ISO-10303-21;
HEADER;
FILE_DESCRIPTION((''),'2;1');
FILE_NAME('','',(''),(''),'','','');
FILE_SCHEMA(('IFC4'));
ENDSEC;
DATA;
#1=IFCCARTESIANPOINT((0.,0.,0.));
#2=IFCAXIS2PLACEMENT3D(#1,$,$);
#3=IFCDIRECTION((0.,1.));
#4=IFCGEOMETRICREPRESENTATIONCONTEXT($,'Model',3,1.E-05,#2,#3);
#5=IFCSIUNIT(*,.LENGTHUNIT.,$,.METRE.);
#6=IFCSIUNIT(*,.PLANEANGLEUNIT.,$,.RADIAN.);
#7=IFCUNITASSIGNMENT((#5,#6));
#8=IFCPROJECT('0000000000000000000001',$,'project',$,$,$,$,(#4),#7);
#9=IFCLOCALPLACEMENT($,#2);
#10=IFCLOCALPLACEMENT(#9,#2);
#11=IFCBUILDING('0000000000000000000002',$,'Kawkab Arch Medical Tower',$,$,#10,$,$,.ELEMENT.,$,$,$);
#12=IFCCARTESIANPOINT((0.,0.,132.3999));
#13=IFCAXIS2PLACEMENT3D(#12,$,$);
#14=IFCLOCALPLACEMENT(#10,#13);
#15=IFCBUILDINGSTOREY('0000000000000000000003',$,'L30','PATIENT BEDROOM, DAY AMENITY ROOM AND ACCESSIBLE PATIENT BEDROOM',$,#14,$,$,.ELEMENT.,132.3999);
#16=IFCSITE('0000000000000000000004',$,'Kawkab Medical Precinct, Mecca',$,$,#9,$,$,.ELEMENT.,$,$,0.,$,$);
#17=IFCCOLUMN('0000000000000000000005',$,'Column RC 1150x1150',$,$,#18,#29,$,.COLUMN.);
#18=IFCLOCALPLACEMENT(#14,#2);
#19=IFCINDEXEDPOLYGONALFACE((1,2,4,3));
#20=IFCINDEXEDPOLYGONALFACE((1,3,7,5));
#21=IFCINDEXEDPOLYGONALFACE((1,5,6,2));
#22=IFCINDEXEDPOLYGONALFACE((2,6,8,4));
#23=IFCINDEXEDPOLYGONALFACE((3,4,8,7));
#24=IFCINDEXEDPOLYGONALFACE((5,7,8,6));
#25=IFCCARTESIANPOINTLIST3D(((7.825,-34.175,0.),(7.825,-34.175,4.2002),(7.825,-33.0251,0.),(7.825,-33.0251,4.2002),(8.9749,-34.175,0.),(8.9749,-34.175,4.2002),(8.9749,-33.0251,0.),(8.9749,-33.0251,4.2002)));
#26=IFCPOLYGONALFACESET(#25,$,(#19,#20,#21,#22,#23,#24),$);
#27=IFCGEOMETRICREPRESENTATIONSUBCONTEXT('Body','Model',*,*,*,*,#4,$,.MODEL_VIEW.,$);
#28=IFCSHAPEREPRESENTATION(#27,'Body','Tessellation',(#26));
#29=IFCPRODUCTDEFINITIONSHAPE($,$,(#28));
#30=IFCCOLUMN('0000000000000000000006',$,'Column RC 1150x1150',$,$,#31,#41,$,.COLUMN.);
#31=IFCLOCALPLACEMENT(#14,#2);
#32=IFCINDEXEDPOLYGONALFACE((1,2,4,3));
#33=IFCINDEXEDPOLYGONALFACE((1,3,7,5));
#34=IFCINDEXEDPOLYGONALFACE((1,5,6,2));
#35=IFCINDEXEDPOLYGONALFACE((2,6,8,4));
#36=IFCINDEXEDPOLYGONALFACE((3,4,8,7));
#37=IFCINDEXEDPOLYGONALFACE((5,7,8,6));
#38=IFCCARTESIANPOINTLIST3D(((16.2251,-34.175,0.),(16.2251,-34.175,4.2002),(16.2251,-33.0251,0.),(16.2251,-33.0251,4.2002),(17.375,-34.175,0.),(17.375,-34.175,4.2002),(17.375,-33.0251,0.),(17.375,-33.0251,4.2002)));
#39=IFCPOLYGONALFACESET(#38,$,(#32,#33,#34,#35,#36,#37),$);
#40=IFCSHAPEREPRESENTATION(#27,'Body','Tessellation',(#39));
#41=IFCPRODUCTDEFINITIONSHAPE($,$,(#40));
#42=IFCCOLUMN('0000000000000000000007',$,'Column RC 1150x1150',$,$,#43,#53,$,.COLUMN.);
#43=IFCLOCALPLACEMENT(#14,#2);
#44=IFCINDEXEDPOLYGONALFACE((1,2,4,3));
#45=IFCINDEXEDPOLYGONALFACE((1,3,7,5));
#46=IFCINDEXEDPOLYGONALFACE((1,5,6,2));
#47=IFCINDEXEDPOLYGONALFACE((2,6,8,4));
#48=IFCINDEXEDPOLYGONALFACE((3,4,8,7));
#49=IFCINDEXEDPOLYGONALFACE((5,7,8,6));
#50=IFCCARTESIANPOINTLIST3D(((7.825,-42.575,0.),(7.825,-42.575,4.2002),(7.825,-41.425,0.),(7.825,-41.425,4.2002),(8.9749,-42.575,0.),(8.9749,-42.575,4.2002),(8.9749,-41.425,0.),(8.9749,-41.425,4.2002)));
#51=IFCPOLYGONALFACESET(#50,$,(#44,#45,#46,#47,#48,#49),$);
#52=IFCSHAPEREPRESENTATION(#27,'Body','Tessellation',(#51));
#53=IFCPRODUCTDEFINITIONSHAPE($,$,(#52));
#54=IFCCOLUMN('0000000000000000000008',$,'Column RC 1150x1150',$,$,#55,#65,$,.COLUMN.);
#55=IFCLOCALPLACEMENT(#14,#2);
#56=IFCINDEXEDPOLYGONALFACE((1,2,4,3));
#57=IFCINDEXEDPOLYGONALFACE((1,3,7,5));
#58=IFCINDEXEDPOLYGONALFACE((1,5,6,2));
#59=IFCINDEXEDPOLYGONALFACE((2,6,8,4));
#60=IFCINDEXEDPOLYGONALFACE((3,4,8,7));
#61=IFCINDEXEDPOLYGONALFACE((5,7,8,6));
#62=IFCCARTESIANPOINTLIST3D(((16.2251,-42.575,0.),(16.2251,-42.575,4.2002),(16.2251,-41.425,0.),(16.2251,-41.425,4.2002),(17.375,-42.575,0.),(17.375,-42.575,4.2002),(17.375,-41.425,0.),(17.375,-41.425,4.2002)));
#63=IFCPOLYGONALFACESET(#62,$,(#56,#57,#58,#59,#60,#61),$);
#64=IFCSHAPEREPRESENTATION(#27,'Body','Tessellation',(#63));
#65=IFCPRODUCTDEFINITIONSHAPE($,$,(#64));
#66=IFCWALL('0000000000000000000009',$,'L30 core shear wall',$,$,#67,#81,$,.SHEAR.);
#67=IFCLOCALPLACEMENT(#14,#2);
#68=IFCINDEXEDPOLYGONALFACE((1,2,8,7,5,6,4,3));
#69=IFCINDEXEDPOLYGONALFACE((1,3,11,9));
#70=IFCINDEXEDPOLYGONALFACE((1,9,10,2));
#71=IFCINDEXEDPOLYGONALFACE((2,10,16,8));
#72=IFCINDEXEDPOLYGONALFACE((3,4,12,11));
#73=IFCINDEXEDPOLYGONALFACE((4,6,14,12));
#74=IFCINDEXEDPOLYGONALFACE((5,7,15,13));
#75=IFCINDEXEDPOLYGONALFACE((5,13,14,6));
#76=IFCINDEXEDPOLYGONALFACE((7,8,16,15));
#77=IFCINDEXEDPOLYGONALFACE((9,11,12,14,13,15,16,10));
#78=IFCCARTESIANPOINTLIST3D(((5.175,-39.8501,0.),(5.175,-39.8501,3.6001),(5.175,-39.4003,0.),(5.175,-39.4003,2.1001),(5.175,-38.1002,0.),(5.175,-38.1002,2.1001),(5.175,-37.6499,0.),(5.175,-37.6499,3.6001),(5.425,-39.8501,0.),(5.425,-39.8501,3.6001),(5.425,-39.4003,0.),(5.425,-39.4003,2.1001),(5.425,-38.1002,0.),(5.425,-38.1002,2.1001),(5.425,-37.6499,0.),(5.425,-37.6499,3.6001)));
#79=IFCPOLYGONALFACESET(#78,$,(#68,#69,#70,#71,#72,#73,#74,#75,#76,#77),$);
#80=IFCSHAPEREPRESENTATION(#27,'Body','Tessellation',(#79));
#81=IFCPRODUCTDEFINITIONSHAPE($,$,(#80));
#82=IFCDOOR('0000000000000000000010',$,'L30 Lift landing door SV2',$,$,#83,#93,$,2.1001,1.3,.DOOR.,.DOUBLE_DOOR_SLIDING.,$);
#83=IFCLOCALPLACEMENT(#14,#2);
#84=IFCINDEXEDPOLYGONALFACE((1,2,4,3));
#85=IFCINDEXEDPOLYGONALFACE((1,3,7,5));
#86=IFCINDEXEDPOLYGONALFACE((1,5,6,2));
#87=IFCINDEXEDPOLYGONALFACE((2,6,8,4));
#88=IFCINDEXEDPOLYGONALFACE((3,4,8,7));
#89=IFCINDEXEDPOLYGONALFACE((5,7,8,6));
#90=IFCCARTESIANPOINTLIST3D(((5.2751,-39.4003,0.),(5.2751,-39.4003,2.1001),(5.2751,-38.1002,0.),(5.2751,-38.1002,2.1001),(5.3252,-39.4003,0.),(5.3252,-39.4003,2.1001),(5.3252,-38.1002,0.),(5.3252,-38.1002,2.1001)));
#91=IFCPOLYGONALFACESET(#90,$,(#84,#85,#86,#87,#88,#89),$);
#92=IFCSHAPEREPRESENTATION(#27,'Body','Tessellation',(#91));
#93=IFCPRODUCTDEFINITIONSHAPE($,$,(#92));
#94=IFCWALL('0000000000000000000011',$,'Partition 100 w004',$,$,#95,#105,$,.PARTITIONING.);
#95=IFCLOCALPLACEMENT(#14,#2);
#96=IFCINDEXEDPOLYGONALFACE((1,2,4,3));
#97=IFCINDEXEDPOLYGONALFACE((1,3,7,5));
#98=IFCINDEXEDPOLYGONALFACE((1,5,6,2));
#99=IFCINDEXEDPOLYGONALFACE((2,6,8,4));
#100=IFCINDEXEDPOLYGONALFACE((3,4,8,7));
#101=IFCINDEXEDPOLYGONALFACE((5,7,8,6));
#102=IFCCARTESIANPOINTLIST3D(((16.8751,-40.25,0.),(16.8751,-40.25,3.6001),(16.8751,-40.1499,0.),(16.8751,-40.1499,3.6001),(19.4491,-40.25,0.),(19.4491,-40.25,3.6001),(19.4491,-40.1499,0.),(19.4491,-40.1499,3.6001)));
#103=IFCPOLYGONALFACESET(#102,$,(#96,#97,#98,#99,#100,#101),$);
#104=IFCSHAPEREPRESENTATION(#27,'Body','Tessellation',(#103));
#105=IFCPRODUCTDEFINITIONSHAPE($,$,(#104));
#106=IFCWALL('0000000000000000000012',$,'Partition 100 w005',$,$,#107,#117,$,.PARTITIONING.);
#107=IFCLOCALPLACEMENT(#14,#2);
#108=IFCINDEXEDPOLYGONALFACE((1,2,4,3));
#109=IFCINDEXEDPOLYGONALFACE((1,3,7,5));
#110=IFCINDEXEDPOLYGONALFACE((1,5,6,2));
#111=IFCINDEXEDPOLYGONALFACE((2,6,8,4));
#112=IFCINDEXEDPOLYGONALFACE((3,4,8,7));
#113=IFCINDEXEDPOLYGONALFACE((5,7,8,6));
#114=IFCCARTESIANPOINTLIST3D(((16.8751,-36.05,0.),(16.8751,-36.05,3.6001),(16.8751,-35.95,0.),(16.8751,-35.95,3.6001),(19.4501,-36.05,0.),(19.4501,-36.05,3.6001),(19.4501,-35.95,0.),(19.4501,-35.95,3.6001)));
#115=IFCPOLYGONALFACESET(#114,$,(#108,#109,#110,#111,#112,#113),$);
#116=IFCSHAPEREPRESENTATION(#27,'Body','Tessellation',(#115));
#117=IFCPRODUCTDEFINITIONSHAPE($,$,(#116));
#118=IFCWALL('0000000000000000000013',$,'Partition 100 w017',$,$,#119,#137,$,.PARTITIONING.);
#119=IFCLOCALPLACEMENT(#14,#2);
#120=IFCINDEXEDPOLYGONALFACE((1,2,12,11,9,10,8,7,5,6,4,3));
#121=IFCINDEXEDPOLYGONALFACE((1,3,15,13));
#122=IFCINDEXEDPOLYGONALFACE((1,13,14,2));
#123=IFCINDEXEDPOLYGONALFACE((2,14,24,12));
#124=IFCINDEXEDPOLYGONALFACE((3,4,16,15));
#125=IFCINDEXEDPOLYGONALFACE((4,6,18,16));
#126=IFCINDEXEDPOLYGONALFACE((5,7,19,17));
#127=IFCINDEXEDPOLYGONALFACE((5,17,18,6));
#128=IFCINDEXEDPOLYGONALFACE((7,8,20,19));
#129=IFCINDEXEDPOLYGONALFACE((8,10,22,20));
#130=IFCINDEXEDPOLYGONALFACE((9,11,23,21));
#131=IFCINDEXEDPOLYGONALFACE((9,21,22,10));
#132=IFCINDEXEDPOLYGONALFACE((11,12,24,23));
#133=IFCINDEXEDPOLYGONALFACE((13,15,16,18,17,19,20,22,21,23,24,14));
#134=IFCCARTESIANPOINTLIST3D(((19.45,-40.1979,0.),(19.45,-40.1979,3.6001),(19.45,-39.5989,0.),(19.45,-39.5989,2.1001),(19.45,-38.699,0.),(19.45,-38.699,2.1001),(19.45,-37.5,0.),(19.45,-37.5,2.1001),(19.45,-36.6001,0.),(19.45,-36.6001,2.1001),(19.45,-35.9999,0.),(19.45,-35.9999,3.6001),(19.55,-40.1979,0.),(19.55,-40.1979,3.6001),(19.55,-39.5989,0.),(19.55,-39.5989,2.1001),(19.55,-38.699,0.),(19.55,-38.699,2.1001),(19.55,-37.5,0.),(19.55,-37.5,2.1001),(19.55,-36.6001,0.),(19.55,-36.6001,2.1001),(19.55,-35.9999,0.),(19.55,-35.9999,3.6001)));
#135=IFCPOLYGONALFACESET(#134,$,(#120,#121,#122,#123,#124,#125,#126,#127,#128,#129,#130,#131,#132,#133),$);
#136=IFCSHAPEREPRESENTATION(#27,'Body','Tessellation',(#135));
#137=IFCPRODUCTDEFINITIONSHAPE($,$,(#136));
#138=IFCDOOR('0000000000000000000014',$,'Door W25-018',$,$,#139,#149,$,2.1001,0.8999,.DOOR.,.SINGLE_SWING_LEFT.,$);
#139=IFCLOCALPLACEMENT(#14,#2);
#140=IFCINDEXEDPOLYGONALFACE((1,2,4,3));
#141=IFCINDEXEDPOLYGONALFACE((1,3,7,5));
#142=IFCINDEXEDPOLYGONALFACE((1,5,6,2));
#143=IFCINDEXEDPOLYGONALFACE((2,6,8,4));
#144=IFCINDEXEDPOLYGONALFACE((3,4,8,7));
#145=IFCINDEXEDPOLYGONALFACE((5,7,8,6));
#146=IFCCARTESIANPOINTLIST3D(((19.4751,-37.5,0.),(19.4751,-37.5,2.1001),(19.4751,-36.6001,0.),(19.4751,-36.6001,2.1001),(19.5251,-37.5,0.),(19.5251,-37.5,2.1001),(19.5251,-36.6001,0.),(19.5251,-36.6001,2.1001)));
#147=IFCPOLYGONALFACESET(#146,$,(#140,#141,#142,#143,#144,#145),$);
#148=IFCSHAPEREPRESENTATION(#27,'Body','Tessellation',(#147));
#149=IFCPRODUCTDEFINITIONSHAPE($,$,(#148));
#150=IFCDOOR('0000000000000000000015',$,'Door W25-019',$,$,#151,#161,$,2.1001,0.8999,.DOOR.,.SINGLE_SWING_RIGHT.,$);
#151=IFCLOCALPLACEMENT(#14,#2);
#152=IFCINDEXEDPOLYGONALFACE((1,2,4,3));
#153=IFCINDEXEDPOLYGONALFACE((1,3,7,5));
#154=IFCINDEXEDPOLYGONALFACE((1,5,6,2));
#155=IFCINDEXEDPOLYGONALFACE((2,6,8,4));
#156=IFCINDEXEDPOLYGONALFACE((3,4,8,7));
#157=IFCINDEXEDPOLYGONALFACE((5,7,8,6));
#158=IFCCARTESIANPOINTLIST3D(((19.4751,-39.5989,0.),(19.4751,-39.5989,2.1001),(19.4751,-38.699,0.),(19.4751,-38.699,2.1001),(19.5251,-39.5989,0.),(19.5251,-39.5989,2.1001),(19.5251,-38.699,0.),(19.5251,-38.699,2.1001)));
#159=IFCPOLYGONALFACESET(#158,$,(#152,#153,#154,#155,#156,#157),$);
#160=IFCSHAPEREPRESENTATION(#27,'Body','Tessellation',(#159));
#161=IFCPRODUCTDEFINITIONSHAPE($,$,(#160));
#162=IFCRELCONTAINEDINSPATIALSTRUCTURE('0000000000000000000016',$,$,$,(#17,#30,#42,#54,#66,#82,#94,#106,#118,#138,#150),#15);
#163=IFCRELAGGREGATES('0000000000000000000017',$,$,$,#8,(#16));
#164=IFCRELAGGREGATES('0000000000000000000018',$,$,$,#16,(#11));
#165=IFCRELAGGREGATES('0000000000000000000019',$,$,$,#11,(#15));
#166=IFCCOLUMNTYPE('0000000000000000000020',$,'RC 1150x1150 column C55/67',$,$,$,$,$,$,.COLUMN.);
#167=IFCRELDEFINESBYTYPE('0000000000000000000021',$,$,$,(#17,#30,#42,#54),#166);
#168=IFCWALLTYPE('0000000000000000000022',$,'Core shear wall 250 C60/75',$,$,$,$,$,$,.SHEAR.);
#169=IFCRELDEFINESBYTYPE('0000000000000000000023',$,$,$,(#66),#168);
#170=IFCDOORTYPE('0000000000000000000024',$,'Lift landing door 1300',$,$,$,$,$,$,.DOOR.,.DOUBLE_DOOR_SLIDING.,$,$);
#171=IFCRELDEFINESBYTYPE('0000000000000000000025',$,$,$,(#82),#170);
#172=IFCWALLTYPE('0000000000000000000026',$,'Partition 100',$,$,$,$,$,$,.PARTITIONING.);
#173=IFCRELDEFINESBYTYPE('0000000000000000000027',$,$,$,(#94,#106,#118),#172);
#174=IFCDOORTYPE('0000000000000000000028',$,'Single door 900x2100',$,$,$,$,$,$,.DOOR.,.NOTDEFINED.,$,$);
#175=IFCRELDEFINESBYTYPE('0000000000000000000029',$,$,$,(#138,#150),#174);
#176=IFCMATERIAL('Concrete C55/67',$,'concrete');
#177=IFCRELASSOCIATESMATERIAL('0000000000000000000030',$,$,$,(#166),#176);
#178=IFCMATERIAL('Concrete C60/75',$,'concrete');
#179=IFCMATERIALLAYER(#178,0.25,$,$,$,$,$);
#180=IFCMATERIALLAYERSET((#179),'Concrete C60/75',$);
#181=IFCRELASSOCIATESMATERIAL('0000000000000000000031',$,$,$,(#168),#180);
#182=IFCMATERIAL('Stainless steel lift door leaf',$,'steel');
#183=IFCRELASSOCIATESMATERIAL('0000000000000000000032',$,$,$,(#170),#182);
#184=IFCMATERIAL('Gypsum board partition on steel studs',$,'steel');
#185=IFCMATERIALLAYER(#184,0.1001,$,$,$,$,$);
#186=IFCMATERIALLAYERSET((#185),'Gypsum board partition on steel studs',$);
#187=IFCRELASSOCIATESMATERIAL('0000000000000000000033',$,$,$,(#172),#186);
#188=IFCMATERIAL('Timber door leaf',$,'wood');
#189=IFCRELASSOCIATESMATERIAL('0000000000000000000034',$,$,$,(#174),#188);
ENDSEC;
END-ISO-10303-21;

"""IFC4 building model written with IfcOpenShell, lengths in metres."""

from ifc_helpers import new_model, si_unit, direction, frame, frame_2d, origin, origin_2d, place, context, subcontext, project, spatial, rectangle, extrude, material, layer, layer_set, material_profile, profile_set, type_object, element, fill, save


model = new_model("IFC4")

# Units and contexts
model_context = context("Model", 3, precision=1e-05, world=origin(), true_north=direction((0.0, 1.0)))
body_context = subcontext(model_context, "Body", "Model", "MODEL_VIEW")
ifc_project = project(units=[si_unit("LENGTHUNIT", "METRE"), si_unit("PLANEANGLEUNIT", "RADIAN")], contexts=[model_context])

# Site, building, storey
site_placement = place(None, origin())
site = spatial("IfcSite", under=ifc_project, at=site_placement, Name="Kawkab Medical Precinct, Mecca", CompositionType="ELEMENT", RefElevation=0.0)
building_placement = place(site_placement, origin())
building = spatial("IfcBuilding", under=site, at=building_placement, Name="Kawkab Arch Medical Tower", CompositionType="ELEMENT")
storey_placement = place(building_placement, frame((0.0, 0.0, 132.3999)))
storey = spatial("IfcBuildingStorey", under=building, at=storey_placement, Name="L30", Description="PATIENT BEDROOM, DAY AMENITY ROOM AND ACCESSIBLE PATIENT BEDROOM", CompositionType="ELEMENT", Elevation=132.3999)

# Columns
ifc_material_1 = material(Name="Concrete C55/67", Category="concrete")
ifc_material_profile = material_profile(ifc_material_1, rectangle(XDim=1.1499, YDim=1.1499, at=origin_2d()), Name="RC 1150x1150")
ifc_profile_set = profile_set([ifc_material_profile], Name="Concrete C55/67")
column_type = type_object("IfcColumnType", Name="RC 1150x1150 column C55/67", PredefinedType="COLUMN", material=ifc_profile_set)
for number, where, z_axis, x_axis, name in (
    (1, (8.3999, -33.6001, 0.0), (0.0, 0.0, 1.0), (1.0, 0.0, 0.0), "Column RC 1150x1150"),
    (2, (16.8, -33.6001, 0.0), (0.0, 0.0, 1.0), (1.0, 0.0, 0.0), "Column RC 1150x1150"),
    (3, (8.3999, -42.0, 0.0), (0.0, 0.0, 1.0), (1.0, 0.0, 0.0), "Column RC 1150x1150"),
    (4, (16.8, -42.0, 0.0), (0.0, 0.0, 1.0), (1.0, 0.0, 0.0), "Column RC 1150x1150"),
):
    element("IfcColumn", number, at=place(storey_placement, frame(where, z_axis=z_axis, x_axis=x_axis)), inside=storey, type_object=column_type, Name=name, PredefinedType="COLUMN", context=body_context, shape_type="SweptSolid", body=[
        extrude(rectangle(XDim=1.1499, YDim=1.1499, at=origin_2d()), origin(), (0.0, 0.0, 1.0), 4.2002),
    ])

# Wall, opening, door
ifc_material_2 = material(Name="Concrete C60/75", Category="concrete")
ifc_layer_1 = layer(ifc_material_2, 0.25)
ifc_layer_set_1 = layer_set([ifc_layer_1], Name="Concrete C60/75")
wall_type_1 = type_object("IfcWallType", Name="Core shear wall 250 C60/75", PredefinedType="SHEAR", material=ifc_layer_set_1)
wall_1_placement = place(storey_placement, frame((5.3, -39.8501, 0.0), z_axis=(0.0, 0.0, 1.0), x_axis=(0.0, 1.0, 0.0)))
wall_1 = element("IfcWall", 5, at=wall_1_placement, inside=storey, type_object=wall_type_1, Name="L30 core shear wall", PredefinedType="SHEAR", context=body_context, shape_type="SweptSolid", body=[
    extrude(rectangle(XDim=2.2002, YDim=0.25, at=frame_2d((1.1001, 0.0))), origin(), (0.0, 0.0, 1.0), 3.6001),
])
opening_1_placement = place(wall_1_placement, frame((0.45, 0.0, 0.0)))
opening_1 = element("IfcOpeningElement", 6, at=opening_1_placement, cuts=wall_1, PredefinedType="OPENING", context=body_context, shape_type="SweptSolid", body=[
    extrude(rectangle(XDim=1.3, YDim=2.1001, at=frame_2d((0.6499, 1.05))), frame((0.0, 0.135, 0.0), z_axis=(0.0, -1.0, 0.0), x_axis=(1.0, 0.0, 0.0)), (0.0, 0.0, 1.0), 0.27),
])
ifc_material_3 = material(Name="Stainless steel lift door leaf", Category="steel")
door_type_1 = type_object("IfcDoorType", Name="Lift landing door 1300", OperationType="DOUBLE_DOOR_SLIDING", PredefinedType="DOOR", material=ifc_material_3)
door_1_placement = place(opening_1_placement, origin())
door_1 = element("IfcDoor", 7, at=door_1_placement, inside=storey, type_object=door_type_1, Name="L30 Lift landing door SV2", OperationType="DOUBLE_DOOR_SLIDING", OverallHeight=2.1001, OverallWidth=1.3, PredefinedType="DOOR", context=body_context, shape_type="SweptSolid", body=[
    extrude(rectangle(XDim=1.3, YDim=2.1001, at=frame_2d((0.6499, 1.05))), frame((0.0, 0.0249, 0.0), z_axis=(0.0, -1.0, 0.0), x_axis=(1.0, 0.0, 0.0)), (0.0, 0.0, 1.0), 0.05),
])
fill(opening_1, door_1)

# Walls
ifc_material_4 = material(Name="Gypsum board partition on steel studs", Category="steel")
ifc_layer_2 = layer(ifc_material_4, 0.1001)
ifc_layer_set_2 = layer_set([ifc_layer_2], Name="Gypsum board partition on steel studs")
wall_type_2 = type_object("IfcWallType", Name="Partition 100", PredefinedType="PARTITIONING", material=ifc_layer_set_2)
wall_2_placement = place(storey_placement, frame((16.875, -40.2, 0.0), z_axis=(0.0, 0.0, 1.0), x_axis=(1.0, 0.0, 0.0)))
element("IfcWall", 8, at=wall_2_placement, inside=storey, type_object=wall_type_2, Name="Partition 100 w004", PredefinedType="PARTITIONING", context=body_context, shape_type="SweptSolid", body=[
    extrude(rectangle(XDim=2.574, YDim=0.1001, at=frame_2d((1.2871, 0.0))), origin(), (0.0, 0.0, 1.0), 3.6001),
])
wall_3_placement = place(storey_placement, frame((16.875, -36.0, 0.0), z_axis=(0.0, 0.0, 1.0), x_axis=(1.0, 0.0, 0.0)))
element("IfcWall", 9, at=wall_3_placement, inside=storey, type_object=wall_type_2, Name="Partition 100 w005", PredefinedType="PARTITIONING", context=body_context, shape_type="SweptSolid", body=[
    extrude(rectangle(XDim=2.575, YDim=0.1001, at=frame_2d((1.2876, 0.0))), origin(), (0.0, 0.0, 1.0), 3.6001),
])

# Wall, openings, doors
wall_4_placement = place(storey_placement, frame((19.5, -40.198, 0.0), z_axis=(0.0, 0.0, 1.0), x_axis=(0.0, 1.0, 0.0)))
wall_4 = element("IfcWall", 10, at=wall_4_placement, inside=storey, type_object=wall_type_2, Name="Partition 100 w017", PredefinedType="PARTITIONING", context=body_context, shape_type="SweptSolid", body=[
    extrude(rectangle(XDim=4.198, YDim=0.1001, at=frame_2d((2.0991, 0.0))), origin(), (0.0, 0.0, 1.0), 3.6001),
])
opening_2_placement = place(wall_4_placement, frame((2.698, 0.0, 0.0)))
opening_2 = element("IfcOpeningElement", 11, at=opening_2_placement, cuts=wall_4, PredefinedType="OPENING", context=body_context, shape_type="SweptSolid", body=[
    extrude(rectangle(XDim=0.8999, YDim=2.1001, at=frame_2d((0.45, 1.05))), frame((0.0, 0.0601, 0.0), z_axis=(0.0, -1.0, 0.0), x_axis=(1.0, 0.0, 0.0)), (0.0, 0.0, 1.0), 0.1201),
])
opening_3_placement = place(wall_4_placement, frame((0.5991, 0.0, 0.0)))
opening_3 = element("IfcOpeningElement", 12, at=opening_3_placement, cuts=wall_4, PredefinedType="OPENING", context=body_context, shape_type="SweptSolid", body=[
    extrude(rectangle(XDim=0.8999, YDim=2.1001, at=frame_2d((0.45, 1.05))), frame((0.0, 0.0601, 0.0), z_axis=(0.0, -1.0, 0.0), x_axis=(1.0, 0.0, 0.0)), (0.0, 0.0, 1.0), 0.1201),
])
ifc_material_5 = material(Name="Timber door leaf", Category="wood")
door_type_2 = type_object("IfcDoorType", Name="Single door 900x2100", OperationType="NOTDEFINED", PredefinedType="DOOR", material=ifc_material_5)
door_2_placement = place(opening_2_placement, origin())
door_2 = element("IfcDoor", 13, at=door_2_placement, inside=storey, type_object=door_type_2, Name="Door W25-018", OperationType="SINGLE_SWING_LEFT", OverallHeight=2.1001, OverallWidth=0.8999, PredefinedType="DOOR", context=body_context, shape_type="SweptSolid", body=[
    extrude(rectangle(XDim=0.8999, YDim=2.1001, at=frame_2d((0.45, 1.05))), frame((0.0, 0.0249, 0.0), z_axis=(0.0, -1.0, 0.0), x_axis=(1.0, 0.0, 0.0)), (0.0, 0.0, 1.0), 0.05),
])
fill(opening_2, door_2)
door_3_placement = place(opening_3_placement, origin())
door_3 = element("IfcDoor", 14, at=door_3_placement, inside=storey, type_object=door_type_2, Name="Door W25-019", OperationType="SINGLE_SWING_RIGHT", OverallHeight=2.1001, OverallWidth=0.8999, PredefinedType="DOOR", context=body_context, shape_type="SweptSolid", body=[
    extrude(rectangle(XDim=0.8999, YDim=2.1001, at=frame_2d((0.45, 1.05))), frame((0.0, 0.0249, 0.0), z_axis=(0.0, -1.0, 0.0), x_axis=(1.0, 0.0, 0.0)), (0.0, 0.0, 1.0), 0.05),
])
fill(opening_3, door_3)

save(model, "model.ifc")
